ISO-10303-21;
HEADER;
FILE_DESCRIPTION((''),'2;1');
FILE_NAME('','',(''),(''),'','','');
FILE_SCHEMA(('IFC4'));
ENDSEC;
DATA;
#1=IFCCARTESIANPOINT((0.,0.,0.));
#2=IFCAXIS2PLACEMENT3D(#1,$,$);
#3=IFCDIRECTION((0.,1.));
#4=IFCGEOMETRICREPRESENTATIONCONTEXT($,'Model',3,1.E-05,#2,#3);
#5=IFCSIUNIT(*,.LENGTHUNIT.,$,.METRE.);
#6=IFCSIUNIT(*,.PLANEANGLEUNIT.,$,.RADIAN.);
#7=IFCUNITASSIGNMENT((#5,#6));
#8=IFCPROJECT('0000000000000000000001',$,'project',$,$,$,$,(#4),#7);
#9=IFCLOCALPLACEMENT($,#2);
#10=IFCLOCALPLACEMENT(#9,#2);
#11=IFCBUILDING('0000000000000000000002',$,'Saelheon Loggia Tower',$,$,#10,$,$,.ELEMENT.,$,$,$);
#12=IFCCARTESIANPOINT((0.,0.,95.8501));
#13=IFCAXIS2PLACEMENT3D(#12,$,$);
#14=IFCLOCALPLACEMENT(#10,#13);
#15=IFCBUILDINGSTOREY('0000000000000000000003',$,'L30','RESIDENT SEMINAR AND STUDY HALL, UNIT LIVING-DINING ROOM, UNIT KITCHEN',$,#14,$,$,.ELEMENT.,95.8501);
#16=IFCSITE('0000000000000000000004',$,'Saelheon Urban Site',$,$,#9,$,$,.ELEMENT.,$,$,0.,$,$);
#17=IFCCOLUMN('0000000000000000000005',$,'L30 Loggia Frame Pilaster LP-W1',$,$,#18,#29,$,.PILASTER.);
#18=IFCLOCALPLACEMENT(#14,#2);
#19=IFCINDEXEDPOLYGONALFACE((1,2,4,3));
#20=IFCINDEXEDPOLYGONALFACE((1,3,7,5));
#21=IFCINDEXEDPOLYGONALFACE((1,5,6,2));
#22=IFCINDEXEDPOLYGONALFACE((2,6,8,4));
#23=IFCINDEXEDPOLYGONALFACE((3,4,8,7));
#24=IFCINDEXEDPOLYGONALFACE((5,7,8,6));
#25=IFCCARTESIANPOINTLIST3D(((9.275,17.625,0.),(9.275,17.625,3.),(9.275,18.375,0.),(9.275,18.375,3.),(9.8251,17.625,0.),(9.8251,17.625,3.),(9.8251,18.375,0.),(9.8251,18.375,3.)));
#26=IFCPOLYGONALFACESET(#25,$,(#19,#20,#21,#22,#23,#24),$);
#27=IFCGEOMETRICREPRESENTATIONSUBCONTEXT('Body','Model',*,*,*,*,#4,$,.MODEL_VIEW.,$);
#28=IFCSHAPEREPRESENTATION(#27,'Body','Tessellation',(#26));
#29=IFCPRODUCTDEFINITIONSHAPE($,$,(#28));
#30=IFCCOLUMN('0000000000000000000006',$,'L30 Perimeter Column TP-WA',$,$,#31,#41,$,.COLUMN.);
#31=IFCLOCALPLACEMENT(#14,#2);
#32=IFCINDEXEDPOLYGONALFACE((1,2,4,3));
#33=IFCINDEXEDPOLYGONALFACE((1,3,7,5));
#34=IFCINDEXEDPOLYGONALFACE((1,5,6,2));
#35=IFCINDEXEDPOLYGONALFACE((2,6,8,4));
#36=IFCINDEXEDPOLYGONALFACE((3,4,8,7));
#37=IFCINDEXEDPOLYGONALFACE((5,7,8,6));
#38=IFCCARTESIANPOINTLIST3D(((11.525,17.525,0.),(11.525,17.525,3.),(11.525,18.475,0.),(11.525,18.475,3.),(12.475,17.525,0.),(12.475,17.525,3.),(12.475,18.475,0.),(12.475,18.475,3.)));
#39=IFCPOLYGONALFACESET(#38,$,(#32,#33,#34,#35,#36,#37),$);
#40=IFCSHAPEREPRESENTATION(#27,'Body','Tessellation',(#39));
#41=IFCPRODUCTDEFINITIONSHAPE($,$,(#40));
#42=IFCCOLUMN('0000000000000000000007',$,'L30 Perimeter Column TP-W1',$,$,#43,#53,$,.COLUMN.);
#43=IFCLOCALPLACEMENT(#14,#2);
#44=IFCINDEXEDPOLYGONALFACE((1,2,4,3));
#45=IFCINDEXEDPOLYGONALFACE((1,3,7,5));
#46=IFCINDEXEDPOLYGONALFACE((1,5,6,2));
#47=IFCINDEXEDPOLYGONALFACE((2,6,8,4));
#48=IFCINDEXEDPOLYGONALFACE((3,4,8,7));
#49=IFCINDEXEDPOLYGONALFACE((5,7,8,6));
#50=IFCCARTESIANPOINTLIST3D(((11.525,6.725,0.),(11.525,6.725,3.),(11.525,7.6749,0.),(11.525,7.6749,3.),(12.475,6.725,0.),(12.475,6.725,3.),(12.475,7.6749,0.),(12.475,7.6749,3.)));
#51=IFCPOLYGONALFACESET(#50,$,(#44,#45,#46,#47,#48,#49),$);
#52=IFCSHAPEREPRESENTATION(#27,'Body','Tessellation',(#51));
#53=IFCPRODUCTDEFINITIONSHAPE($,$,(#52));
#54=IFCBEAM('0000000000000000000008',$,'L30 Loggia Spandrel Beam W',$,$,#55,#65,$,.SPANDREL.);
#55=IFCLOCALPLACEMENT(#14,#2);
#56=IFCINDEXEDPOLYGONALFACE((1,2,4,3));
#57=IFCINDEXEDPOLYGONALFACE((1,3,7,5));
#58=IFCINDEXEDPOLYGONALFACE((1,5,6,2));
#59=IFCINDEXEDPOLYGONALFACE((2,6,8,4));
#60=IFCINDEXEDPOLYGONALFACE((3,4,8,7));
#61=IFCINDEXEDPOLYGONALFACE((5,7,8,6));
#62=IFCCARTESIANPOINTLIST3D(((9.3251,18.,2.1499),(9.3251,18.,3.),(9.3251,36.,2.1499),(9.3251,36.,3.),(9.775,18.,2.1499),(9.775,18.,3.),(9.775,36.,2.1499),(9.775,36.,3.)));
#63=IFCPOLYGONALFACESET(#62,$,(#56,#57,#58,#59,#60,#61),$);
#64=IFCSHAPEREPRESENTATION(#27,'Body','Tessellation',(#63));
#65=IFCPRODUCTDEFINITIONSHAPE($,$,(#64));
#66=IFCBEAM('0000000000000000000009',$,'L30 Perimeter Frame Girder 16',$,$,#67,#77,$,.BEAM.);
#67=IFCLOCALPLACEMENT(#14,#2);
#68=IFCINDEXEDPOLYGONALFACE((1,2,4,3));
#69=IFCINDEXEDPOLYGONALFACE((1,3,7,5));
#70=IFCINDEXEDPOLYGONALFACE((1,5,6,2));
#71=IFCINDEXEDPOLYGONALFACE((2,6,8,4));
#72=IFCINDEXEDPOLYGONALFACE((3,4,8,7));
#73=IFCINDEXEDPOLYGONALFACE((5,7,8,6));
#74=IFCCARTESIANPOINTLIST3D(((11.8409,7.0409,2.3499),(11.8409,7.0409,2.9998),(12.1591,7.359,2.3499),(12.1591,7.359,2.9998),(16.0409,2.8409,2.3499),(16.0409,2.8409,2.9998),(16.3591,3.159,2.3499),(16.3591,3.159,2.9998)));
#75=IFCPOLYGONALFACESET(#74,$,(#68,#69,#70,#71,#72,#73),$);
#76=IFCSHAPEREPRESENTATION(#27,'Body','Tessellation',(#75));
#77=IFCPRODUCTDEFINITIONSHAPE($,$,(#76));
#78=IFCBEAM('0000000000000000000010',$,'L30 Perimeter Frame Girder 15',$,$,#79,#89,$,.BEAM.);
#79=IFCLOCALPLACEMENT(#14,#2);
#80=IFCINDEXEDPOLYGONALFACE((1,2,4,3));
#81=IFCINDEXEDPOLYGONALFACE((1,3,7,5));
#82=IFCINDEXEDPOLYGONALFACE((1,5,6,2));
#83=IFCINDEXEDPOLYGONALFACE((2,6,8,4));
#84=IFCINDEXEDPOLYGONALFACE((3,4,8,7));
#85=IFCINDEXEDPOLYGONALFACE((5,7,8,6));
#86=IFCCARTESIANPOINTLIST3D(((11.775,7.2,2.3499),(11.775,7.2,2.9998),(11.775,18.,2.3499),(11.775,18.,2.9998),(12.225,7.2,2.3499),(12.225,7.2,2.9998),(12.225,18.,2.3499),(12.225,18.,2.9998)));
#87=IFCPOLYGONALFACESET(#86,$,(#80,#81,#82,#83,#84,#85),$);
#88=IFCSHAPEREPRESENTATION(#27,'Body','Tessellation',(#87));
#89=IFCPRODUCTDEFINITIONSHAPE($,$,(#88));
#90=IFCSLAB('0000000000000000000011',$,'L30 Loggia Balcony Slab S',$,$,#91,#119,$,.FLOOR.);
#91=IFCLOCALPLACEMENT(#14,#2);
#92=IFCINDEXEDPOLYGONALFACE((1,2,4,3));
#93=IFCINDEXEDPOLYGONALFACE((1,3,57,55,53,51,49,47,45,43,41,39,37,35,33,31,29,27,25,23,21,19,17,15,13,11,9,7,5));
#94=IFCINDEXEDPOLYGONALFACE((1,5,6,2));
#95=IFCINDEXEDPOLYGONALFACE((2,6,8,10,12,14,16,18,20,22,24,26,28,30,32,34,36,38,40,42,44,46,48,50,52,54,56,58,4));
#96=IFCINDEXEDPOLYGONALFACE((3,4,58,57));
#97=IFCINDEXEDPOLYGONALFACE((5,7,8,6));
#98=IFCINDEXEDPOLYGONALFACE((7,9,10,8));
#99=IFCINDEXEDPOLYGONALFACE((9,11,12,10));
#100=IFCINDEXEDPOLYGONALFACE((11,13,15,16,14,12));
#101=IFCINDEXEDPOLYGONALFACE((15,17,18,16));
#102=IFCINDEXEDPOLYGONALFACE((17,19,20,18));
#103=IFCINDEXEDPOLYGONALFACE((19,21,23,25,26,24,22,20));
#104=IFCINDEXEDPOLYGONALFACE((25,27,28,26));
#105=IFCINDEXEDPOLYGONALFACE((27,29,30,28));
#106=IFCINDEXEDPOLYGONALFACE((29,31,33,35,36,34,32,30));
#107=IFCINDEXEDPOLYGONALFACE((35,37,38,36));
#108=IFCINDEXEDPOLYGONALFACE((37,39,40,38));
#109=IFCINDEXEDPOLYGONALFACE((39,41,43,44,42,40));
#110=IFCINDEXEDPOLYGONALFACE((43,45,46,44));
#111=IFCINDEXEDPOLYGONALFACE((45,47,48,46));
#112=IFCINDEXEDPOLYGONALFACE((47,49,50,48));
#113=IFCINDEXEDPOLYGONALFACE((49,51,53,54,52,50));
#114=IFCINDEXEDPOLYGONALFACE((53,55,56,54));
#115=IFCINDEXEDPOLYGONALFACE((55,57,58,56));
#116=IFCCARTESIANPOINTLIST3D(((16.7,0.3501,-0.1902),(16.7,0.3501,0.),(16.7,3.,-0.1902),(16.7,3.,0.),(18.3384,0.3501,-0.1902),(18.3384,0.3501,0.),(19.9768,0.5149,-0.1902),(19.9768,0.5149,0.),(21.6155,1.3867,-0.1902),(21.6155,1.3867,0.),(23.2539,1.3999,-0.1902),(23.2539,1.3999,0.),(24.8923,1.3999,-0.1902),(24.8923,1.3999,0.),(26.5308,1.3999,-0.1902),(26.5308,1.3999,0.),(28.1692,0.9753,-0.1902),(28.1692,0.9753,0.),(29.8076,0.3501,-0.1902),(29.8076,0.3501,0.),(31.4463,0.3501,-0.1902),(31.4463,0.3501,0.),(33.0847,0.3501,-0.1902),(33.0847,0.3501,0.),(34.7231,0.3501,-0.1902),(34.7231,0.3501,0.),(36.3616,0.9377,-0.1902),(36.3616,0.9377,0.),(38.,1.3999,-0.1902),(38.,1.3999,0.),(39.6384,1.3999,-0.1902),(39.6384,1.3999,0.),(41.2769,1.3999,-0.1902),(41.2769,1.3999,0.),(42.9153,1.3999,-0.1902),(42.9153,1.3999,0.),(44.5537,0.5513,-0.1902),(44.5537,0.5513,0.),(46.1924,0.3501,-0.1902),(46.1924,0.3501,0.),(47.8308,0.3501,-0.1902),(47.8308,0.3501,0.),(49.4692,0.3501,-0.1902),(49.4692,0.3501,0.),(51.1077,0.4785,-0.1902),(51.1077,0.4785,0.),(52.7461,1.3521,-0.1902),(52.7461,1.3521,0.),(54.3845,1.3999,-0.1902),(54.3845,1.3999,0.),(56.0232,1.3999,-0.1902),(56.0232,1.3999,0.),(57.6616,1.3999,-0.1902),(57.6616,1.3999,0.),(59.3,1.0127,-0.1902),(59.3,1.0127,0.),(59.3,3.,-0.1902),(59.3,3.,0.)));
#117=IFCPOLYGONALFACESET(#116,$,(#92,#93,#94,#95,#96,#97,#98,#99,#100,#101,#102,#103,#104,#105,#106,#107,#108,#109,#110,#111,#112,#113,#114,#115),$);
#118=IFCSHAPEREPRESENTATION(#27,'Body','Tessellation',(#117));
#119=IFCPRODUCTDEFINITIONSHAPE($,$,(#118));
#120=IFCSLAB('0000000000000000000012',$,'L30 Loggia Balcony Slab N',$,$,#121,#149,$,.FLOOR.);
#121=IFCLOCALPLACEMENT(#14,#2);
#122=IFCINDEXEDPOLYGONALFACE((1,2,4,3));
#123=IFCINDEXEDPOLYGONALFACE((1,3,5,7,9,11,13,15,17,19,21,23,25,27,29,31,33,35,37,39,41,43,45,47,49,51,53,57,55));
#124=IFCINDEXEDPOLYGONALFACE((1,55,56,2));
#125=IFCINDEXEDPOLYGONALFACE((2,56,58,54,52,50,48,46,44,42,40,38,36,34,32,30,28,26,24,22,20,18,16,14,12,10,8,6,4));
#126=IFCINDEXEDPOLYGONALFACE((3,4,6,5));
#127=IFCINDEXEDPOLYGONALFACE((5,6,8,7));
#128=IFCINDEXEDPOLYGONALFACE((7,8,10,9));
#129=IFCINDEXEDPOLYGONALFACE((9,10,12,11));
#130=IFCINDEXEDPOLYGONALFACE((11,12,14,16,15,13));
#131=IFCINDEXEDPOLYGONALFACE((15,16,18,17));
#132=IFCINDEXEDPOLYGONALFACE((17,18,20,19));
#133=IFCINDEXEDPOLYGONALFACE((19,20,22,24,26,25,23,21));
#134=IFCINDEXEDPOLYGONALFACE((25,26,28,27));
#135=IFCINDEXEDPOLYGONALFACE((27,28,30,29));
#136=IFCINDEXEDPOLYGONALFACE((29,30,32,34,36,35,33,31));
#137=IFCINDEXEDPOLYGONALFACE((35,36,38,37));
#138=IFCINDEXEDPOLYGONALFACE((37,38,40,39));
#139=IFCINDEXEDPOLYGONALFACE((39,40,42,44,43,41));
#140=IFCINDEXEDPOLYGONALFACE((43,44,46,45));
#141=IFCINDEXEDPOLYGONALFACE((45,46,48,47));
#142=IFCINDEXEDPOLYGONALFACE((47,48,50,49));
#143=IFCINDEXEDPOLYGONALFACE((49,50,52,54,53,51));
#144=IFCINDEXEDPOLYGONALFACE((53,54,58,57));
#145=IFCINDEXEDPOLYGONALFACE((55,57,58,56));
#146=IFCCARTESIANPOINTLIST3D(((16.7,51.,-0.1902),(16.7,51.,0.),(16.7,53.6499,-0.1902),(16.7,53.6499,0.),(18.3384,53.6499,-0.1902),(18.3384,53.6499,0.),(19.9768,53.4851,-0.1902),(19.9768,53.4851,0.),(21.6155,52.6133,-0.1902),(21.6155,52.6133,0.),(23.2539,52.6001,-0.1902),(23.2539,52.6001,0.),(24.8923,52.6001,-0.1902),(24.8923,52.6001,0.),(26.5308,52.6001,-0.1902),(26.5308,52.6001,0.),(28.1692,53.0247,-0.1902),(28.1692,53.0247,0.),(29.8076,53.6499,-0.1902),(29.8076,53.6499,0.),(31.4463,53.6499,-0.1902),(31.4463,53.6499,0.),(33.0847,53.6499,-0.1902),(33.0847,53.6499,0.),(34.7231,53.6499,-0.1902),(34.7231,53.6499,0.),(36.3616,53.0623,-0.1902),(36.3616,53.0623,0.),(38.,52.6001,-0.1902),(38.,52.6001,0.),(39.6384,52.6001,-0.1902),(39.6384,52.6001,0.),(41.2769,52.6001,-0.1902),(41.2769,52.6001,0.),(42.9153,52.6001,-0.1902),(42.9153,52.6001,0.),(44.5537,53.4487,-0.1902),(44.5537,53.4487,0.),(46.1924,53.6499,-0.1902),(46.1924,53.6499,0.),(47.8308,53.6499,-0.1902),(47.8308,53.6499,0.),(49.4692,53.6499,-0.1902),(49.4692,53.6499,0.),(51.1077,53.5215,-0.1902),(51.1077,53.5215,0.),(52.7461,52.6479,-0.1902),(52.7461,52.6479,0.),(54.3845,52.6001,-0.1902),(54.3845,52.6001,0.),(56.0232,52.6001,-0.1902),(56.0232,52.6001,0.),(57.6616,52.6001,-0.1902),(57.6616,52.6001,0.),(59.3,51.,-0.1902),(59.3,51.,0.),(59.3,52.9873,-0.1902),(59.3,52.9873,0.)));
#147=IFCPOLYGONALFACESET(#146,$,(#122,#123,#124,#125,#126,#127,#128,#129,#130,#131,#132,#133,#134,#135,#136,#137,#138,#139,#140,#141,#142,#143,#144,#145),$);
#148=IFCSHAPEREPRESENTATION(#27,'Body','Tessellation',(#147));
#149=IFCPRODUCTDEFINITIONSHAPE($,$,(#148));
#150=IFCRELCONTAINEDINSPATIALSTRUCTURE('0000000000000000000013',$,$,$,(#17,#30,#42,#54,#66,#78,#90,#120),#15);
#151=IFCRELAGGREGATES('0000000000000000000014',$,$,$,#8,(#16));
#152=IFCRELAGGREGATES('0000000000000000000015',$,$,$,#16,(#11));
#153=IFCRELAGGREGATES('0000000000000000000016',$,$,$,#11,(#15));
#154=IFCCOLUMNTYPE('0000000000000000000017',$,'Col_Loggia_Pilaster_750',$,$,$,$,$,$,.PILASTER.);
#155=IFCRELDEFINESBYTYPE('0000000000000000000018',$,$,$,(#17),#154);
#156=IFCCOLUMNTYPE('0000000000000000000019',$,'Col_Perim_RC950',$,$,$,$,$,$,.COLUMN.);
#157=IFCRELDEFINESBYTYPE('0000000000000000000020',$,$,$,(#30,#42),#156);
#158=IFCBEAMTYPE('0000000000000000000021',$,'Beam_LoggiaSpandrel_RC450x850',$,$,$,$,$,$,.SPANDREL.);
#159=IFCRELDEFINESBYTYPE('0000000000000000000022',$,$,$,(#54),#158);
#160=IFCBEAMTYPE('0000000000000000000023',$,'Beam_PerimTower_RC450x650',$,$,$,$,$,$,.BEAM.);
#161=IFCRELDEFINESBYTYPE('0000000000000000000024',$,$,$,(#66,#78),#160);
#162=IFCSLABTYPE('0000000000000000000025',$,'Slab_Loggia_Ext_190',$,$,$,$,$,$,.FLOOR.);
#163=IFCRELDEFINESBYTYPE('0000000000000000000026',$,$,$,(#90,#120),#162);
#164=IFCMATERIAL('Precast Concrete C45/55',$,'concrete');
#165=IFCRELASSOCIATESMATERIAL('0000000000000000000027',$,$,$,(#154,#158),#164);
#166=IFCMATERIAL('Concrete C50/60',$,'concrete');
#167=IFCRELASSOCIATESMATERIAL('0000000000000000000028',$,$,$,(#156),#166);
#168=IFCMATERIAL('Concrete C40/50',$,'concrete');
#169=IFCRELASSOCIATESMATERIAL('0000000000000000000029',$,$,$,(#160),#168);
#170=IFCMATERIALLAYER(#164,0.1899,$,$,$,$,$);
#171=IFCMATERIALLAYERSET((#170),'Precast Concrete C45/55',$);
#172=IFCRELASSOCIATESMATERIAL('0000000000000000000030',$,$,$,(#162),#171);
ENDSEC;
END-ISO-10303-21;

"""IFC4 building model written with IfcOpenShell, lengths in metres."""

from ifc_helpers import new_model, si_unit, direction, frame, origin, origin_2d, place, context, subcontext, project, spatial, polyline, rectangle, outline, extrude, source, transform, mapped, material, layer, layer_set, material_profile, profile_set, type_object, element, save


model = new_model("IFC4")

# Units and contexts
model_context = context("Model", 3, precision=1e-05, world=origin(), true_north=direction((0.0, 1.0)))
body_context = subcontext(model_context, "Body", "Model", "MODEL_VIEW")
ifc_project = project(units=[si_unit("LENGTHUNIT", "METRE"), si_unit("PLANEANGLEUNIT", "RADIAN")], contexts=[model_context])

# Site, building, storey
site_placement = place(None, origin())
site = spatial("IfcSite", under=ifc_project, at=site_placement, Name="Saelheon Urban Site", CompositionType="ELEMENT", RefElevation=0.0)
building_placement = place(site_placement, origin())
building = spatial("IfcBuilding", under=site, at=building_placement, Name="Saelheon Loggia Tower", CompositionType="ELEMENT")
storey_placement = place(building_placement, frame((0.0, 0.0, 95.8501)))
storey = spatial("IfcBuildingStorey", under=building, at=storey_placement, Name="L30", Description="RESIDENT SEMINAR AND STUDY HALL, UNIT LIVING-DINING ROOM, UNIT KITCHEN", CompositionType="ELEMENT", Elevation=95.8501)

# Columns
ifc_material_1 = material(Name="Precast Concrete C45/55", Category="concrete")
ifc_material_profile_1 = material_profile(ifc_material_1, rectangle(XDim=0.55, YDim=0.75, at=origin_2d()), Name="RC-550x750")
ifc_profile_set_1 = profile_set([ifc_material_profile_1], Name="Precast Concrete C45/55")
column_type_1 = type_object("IfcColumnType", Name="Col_Loggia_Pilaster_750", PredefinedType="PILASTER", material=ifc_profile_set_1)
shared_shape_1 = source(origin(), body_context, "Body", "SweptSolid", [
    extrude(rectangle(XDim=0.55, YDim=0.75, at=origin_2d()), origin(), (0.0, 0.0, 1.0), 3.0),
])
column_placement = place(storey_placement, frame((9.55, 18.0, 0.0), z_axis=(0.0, 0.0, 1.0), x_axis=(1.0, 0.0, 0.0)))
element("IfcColumn", 1, at=column_placement, inside=storey, type_object=column_type_1, Name="L30 Loggia Frame Pilaster LP-W1", PredefinedType="PILASTER", context=body_context, shape_type="MappedRepresentation", body=[
    mapped(shared_shape_1, transform((0.0, 0.0, 0.0), scale=1.0)),
])
ifc_material_2 = material(Name="Concrete C50/60", Category="concrete")
ifc_material_profile_2 = material_profile(ifc_material_2, rectangle(XDim=0.95, YDim=0.95, at=origin_2d()), Name="RC-950x950")
ifc_profile_set_2 = profile_set([ifc_material_profile_2], Name="Concrete C50/60")
column_type_2 = type_object("IfcColumnType", Name="Col_Perim_RC950", PredefinedType="COLUMN", material=ifc_profile_set_2)
shared_shape_2 = source(origin(), body_context, "Body", "SweptSolid", [
    extrude(rectangle(XDim=0.95, YDim=0.95, at=origin_2d()), origin(), (0.0, 0.0, 1.0), 3.0),
])
for number, where, z_axis, x_axis, name in (
    (2, (12.0, 18.0, 0.0), (0.0, 0.0, 1.0), (1.0, 0.0, 0.0), "L30 Perimeter Column TP-WA"),
    (3, (12.0, 7.2, 0.0), (0.0, 0.0, 1.0), (1.0, 0.0, 0.0), "L30 Perimeter Column TP-W1"),
):
    element("IfcColumn", number, at=place(storey_placement, frame(where, z_axis=z_axis, x_axis=x_axis)), inside=storey, type_object=column_type_2, Name=name, PredefinedType="COLUMN", context=body_context, shape_type="MappedRepresentation", body=[
        mapped(shared_shape_2, transform((0.0, 0.0, 0.0), scale=1.0)),
    ])

# Beams
ifc_material_profile_3 = material_profile(ifc_material_1, rectangle(XDim=0.45, YDim=0.8501, at=origin_2d()), Name="RC-450x850")
ifc_profile_set_3 = profile_set([ifc_material_profile_3], Name="Precast Concrete C45/55")
beam_type_1 = type_object("IfcBeamType", Name="Beam_LoggiaSpandrel_RC450x850", PredefinedType="SPANDREL", material=ifc_profile_set_3)
shared_shape_3 = source(origin(), body_context, "Body", "SweptSolid", [
    extrude(rectangle(XDim=0.45, YDim=0.8501, at=origin_2d()), origin(), (0.0, 0.0, 1.0), 18.0),
])
beam_1_placement = place(storey_placement, frame((9.55, 18.0, 2.575), z_axis=(0.0, 1.0, 0.0), x_axis=(-1.0, 0.0, 0.0)))
element("IfcBeam", 4, at=beam_1_placement, inside=storey, type_object=beam_type_1, Name="L30 Loggia Spandrel Beam W", PredefinedType="SPANDREL", context=body_context, shape_type="MappedRepresentation", body=[
    mapped(shared_shape_3, transform((0.0, 0.0, 0.0), scale=1.0)),
])
ifc_material_3 = material(Name="Concrete C40/50", Category="concrete")
ifc_material_profile_4 = material_profile(ifc_material_3, rectangle(XDim=0.45, YDim=0.6499, at=origin_2d()), Name="RC-450x650")
ifc_profile_set_4 = profile_set([ifc_material_profile_4], Name="Concrete C40/50")
beam_type_2 = type_object("IfcBeamType", Name="Beam_PerimTower_RC450x650", PredefinedType="BEAM", material=ifc_profile_set_4)
shared_shape_4 = source(origin(), body_context, "Body", "SweptSolid", [
    extrude(rectangle(XDim=0.45, YDim=0.6499, at=origin_2d()), origin(), (0.0, 0.0, 1.0), 5.9397),
])
beam_2_placement = place(storey_placement, frame((12.0, 7.2, 2.6748), z_axis=(0.707107, -0.707107, 0.0), x_axis=(0.707107, 0.707107, 0.0)))
element("IfcBeam", 5, at=beam_2_placement, inside=storey, type_object=beam_type_2, Name="L30 Perimeter Frame Girder 16", PredefinedType="BEAM", context=body_context, shape_type="MappedRepresentation", body=[
    mapped(shared_shape_4, transform((0.0, 0.0, 0.0), scale=1.0)),
])
shared_shape_5 = source(origin(), body_context, "Body", "SweptSolid", [
    extrude(rectangle(XDim=0.45, YDim=0.6499, at=origin_2d()), origin(), (0.0, 0.0, 1.0), 10.8),
])
beam_3_placement = place(storey_placement, frame((12.0, 18.0, 2.6748), z_axis=(0.0, -1.0, 0.0), x_axis=(1.0, 0.0, 0.0)))
element("IfcBeam", 6, at=beam_3_placement, inside=storey, type_object=beam_type_2, Name="L30 Perimeter Frame Girder 15", PredefinedType="BEAM", context=body_context, shape_type="MappedRepresentation", body=[
    mapped(shared_shape_5, transform((0.0, 0.0, 0.0), scale=1.0)),
])

# Slabs
ifc_layer_1 = layer(ifc_material_1, 0.1899)
ifc_layer_set_1 = layer_set([ifc_layer_1], Name="Precast Concrete C45/55")
slab_type_1 = type_object("IfcSlabType", Name="Slab_Loggia_Ext_190", PredefinedType="FLOOR", material=ifc_layer_set_1)
slab_1_placement = place(storey_placement, frame((0.0, 0.0, -0.1902)))
element("IfcSlab", 7, at=slab_1_placement, inside=storey, type_object=slab_type_1, Name="L30 Loggia Balcony Slab S", PredefinedType="FLOOR", context=body_context, shape_type="SweptSolid", body=[
    extrude(outline(polyline([(16.7, 0.3501), (18.3384, 0.3501), (19.9768, 0.5149), (21.6155, 1.3867), (23.2539, 1.3999), (24.8923, 1.3999), (26.5308, 1.3999), (28.1692, 0.9753), (29.8076, 0.3501), (31.4463, 0.3501), (33.0847, 0.3501), (34.7231, 0.3501), (36.3616, 0.9377), (38.0, 1.3999), (39.6384, 1.3999), (41.2769, 1.3999), (42.9153, 1.3999), (44.5537, 0.5513), (46.1924, 0.3501), (47.8308, 0.3501), (49.4692, 0.3501), (51.1077, 0.4785), (52.7461, 1.3521), (54.3845, 1.3999), (56.0232, 1.3999), (57.6616, 1.3999), (59.3, 1.0127), (59.3, 3.0), (16.7, 3.0), (16.7, 0.3501)])), origin(), (0.0, 0.0, 1.0), 0.1902),
])
slab_2_placement = place(storey_placement, frame((0.0, 0.0, -0.1902)))
element("IfcSlab", 8, at=slab_2_placement, inside=storey, type_object=slab_type_1, Name="L30 Loggia Balcony Slab N", PredefinedType="FLOOR", context=body_context, shape_type="SweptSolid", body=[
    extrude(outline(polyline([(16.7, 51.0), (59.3, 51.0), (59.3, 52.9873), (57.6616, 52.6001), (56.0232, 52.6001), (54.3845, 52.6001), (52.7461, 52.6479), (51.1077, 53.5215), (49.4692, 53.6499), (47.8308, 53.6499), (46.1924, 53.6499), (44.5537, 53.4487), (42.9153, 52.6001), (41.2769, 52.6001), (39.6384, 52.6001), (38.0, 52.6001), (36.3616, 53.0623), (34.7231, 53.6499), (33.0847, 53.6499), (31.4463, 53.6499), (29.8076, 53.6499), (28.1692, 53.0247), (26.5308, 52.6001), (24.8923, 52.6001), (23.2539, 52.6001), (21.6155, 52.6133), (19.9768, 53.4851), (18.3384, 53.6499), (16.7, 53.6499), (16.7, 51.0)])), origin(), (0.0, 0.0, 1.0), 0.1902),
])

save(model, "model.ifc")
